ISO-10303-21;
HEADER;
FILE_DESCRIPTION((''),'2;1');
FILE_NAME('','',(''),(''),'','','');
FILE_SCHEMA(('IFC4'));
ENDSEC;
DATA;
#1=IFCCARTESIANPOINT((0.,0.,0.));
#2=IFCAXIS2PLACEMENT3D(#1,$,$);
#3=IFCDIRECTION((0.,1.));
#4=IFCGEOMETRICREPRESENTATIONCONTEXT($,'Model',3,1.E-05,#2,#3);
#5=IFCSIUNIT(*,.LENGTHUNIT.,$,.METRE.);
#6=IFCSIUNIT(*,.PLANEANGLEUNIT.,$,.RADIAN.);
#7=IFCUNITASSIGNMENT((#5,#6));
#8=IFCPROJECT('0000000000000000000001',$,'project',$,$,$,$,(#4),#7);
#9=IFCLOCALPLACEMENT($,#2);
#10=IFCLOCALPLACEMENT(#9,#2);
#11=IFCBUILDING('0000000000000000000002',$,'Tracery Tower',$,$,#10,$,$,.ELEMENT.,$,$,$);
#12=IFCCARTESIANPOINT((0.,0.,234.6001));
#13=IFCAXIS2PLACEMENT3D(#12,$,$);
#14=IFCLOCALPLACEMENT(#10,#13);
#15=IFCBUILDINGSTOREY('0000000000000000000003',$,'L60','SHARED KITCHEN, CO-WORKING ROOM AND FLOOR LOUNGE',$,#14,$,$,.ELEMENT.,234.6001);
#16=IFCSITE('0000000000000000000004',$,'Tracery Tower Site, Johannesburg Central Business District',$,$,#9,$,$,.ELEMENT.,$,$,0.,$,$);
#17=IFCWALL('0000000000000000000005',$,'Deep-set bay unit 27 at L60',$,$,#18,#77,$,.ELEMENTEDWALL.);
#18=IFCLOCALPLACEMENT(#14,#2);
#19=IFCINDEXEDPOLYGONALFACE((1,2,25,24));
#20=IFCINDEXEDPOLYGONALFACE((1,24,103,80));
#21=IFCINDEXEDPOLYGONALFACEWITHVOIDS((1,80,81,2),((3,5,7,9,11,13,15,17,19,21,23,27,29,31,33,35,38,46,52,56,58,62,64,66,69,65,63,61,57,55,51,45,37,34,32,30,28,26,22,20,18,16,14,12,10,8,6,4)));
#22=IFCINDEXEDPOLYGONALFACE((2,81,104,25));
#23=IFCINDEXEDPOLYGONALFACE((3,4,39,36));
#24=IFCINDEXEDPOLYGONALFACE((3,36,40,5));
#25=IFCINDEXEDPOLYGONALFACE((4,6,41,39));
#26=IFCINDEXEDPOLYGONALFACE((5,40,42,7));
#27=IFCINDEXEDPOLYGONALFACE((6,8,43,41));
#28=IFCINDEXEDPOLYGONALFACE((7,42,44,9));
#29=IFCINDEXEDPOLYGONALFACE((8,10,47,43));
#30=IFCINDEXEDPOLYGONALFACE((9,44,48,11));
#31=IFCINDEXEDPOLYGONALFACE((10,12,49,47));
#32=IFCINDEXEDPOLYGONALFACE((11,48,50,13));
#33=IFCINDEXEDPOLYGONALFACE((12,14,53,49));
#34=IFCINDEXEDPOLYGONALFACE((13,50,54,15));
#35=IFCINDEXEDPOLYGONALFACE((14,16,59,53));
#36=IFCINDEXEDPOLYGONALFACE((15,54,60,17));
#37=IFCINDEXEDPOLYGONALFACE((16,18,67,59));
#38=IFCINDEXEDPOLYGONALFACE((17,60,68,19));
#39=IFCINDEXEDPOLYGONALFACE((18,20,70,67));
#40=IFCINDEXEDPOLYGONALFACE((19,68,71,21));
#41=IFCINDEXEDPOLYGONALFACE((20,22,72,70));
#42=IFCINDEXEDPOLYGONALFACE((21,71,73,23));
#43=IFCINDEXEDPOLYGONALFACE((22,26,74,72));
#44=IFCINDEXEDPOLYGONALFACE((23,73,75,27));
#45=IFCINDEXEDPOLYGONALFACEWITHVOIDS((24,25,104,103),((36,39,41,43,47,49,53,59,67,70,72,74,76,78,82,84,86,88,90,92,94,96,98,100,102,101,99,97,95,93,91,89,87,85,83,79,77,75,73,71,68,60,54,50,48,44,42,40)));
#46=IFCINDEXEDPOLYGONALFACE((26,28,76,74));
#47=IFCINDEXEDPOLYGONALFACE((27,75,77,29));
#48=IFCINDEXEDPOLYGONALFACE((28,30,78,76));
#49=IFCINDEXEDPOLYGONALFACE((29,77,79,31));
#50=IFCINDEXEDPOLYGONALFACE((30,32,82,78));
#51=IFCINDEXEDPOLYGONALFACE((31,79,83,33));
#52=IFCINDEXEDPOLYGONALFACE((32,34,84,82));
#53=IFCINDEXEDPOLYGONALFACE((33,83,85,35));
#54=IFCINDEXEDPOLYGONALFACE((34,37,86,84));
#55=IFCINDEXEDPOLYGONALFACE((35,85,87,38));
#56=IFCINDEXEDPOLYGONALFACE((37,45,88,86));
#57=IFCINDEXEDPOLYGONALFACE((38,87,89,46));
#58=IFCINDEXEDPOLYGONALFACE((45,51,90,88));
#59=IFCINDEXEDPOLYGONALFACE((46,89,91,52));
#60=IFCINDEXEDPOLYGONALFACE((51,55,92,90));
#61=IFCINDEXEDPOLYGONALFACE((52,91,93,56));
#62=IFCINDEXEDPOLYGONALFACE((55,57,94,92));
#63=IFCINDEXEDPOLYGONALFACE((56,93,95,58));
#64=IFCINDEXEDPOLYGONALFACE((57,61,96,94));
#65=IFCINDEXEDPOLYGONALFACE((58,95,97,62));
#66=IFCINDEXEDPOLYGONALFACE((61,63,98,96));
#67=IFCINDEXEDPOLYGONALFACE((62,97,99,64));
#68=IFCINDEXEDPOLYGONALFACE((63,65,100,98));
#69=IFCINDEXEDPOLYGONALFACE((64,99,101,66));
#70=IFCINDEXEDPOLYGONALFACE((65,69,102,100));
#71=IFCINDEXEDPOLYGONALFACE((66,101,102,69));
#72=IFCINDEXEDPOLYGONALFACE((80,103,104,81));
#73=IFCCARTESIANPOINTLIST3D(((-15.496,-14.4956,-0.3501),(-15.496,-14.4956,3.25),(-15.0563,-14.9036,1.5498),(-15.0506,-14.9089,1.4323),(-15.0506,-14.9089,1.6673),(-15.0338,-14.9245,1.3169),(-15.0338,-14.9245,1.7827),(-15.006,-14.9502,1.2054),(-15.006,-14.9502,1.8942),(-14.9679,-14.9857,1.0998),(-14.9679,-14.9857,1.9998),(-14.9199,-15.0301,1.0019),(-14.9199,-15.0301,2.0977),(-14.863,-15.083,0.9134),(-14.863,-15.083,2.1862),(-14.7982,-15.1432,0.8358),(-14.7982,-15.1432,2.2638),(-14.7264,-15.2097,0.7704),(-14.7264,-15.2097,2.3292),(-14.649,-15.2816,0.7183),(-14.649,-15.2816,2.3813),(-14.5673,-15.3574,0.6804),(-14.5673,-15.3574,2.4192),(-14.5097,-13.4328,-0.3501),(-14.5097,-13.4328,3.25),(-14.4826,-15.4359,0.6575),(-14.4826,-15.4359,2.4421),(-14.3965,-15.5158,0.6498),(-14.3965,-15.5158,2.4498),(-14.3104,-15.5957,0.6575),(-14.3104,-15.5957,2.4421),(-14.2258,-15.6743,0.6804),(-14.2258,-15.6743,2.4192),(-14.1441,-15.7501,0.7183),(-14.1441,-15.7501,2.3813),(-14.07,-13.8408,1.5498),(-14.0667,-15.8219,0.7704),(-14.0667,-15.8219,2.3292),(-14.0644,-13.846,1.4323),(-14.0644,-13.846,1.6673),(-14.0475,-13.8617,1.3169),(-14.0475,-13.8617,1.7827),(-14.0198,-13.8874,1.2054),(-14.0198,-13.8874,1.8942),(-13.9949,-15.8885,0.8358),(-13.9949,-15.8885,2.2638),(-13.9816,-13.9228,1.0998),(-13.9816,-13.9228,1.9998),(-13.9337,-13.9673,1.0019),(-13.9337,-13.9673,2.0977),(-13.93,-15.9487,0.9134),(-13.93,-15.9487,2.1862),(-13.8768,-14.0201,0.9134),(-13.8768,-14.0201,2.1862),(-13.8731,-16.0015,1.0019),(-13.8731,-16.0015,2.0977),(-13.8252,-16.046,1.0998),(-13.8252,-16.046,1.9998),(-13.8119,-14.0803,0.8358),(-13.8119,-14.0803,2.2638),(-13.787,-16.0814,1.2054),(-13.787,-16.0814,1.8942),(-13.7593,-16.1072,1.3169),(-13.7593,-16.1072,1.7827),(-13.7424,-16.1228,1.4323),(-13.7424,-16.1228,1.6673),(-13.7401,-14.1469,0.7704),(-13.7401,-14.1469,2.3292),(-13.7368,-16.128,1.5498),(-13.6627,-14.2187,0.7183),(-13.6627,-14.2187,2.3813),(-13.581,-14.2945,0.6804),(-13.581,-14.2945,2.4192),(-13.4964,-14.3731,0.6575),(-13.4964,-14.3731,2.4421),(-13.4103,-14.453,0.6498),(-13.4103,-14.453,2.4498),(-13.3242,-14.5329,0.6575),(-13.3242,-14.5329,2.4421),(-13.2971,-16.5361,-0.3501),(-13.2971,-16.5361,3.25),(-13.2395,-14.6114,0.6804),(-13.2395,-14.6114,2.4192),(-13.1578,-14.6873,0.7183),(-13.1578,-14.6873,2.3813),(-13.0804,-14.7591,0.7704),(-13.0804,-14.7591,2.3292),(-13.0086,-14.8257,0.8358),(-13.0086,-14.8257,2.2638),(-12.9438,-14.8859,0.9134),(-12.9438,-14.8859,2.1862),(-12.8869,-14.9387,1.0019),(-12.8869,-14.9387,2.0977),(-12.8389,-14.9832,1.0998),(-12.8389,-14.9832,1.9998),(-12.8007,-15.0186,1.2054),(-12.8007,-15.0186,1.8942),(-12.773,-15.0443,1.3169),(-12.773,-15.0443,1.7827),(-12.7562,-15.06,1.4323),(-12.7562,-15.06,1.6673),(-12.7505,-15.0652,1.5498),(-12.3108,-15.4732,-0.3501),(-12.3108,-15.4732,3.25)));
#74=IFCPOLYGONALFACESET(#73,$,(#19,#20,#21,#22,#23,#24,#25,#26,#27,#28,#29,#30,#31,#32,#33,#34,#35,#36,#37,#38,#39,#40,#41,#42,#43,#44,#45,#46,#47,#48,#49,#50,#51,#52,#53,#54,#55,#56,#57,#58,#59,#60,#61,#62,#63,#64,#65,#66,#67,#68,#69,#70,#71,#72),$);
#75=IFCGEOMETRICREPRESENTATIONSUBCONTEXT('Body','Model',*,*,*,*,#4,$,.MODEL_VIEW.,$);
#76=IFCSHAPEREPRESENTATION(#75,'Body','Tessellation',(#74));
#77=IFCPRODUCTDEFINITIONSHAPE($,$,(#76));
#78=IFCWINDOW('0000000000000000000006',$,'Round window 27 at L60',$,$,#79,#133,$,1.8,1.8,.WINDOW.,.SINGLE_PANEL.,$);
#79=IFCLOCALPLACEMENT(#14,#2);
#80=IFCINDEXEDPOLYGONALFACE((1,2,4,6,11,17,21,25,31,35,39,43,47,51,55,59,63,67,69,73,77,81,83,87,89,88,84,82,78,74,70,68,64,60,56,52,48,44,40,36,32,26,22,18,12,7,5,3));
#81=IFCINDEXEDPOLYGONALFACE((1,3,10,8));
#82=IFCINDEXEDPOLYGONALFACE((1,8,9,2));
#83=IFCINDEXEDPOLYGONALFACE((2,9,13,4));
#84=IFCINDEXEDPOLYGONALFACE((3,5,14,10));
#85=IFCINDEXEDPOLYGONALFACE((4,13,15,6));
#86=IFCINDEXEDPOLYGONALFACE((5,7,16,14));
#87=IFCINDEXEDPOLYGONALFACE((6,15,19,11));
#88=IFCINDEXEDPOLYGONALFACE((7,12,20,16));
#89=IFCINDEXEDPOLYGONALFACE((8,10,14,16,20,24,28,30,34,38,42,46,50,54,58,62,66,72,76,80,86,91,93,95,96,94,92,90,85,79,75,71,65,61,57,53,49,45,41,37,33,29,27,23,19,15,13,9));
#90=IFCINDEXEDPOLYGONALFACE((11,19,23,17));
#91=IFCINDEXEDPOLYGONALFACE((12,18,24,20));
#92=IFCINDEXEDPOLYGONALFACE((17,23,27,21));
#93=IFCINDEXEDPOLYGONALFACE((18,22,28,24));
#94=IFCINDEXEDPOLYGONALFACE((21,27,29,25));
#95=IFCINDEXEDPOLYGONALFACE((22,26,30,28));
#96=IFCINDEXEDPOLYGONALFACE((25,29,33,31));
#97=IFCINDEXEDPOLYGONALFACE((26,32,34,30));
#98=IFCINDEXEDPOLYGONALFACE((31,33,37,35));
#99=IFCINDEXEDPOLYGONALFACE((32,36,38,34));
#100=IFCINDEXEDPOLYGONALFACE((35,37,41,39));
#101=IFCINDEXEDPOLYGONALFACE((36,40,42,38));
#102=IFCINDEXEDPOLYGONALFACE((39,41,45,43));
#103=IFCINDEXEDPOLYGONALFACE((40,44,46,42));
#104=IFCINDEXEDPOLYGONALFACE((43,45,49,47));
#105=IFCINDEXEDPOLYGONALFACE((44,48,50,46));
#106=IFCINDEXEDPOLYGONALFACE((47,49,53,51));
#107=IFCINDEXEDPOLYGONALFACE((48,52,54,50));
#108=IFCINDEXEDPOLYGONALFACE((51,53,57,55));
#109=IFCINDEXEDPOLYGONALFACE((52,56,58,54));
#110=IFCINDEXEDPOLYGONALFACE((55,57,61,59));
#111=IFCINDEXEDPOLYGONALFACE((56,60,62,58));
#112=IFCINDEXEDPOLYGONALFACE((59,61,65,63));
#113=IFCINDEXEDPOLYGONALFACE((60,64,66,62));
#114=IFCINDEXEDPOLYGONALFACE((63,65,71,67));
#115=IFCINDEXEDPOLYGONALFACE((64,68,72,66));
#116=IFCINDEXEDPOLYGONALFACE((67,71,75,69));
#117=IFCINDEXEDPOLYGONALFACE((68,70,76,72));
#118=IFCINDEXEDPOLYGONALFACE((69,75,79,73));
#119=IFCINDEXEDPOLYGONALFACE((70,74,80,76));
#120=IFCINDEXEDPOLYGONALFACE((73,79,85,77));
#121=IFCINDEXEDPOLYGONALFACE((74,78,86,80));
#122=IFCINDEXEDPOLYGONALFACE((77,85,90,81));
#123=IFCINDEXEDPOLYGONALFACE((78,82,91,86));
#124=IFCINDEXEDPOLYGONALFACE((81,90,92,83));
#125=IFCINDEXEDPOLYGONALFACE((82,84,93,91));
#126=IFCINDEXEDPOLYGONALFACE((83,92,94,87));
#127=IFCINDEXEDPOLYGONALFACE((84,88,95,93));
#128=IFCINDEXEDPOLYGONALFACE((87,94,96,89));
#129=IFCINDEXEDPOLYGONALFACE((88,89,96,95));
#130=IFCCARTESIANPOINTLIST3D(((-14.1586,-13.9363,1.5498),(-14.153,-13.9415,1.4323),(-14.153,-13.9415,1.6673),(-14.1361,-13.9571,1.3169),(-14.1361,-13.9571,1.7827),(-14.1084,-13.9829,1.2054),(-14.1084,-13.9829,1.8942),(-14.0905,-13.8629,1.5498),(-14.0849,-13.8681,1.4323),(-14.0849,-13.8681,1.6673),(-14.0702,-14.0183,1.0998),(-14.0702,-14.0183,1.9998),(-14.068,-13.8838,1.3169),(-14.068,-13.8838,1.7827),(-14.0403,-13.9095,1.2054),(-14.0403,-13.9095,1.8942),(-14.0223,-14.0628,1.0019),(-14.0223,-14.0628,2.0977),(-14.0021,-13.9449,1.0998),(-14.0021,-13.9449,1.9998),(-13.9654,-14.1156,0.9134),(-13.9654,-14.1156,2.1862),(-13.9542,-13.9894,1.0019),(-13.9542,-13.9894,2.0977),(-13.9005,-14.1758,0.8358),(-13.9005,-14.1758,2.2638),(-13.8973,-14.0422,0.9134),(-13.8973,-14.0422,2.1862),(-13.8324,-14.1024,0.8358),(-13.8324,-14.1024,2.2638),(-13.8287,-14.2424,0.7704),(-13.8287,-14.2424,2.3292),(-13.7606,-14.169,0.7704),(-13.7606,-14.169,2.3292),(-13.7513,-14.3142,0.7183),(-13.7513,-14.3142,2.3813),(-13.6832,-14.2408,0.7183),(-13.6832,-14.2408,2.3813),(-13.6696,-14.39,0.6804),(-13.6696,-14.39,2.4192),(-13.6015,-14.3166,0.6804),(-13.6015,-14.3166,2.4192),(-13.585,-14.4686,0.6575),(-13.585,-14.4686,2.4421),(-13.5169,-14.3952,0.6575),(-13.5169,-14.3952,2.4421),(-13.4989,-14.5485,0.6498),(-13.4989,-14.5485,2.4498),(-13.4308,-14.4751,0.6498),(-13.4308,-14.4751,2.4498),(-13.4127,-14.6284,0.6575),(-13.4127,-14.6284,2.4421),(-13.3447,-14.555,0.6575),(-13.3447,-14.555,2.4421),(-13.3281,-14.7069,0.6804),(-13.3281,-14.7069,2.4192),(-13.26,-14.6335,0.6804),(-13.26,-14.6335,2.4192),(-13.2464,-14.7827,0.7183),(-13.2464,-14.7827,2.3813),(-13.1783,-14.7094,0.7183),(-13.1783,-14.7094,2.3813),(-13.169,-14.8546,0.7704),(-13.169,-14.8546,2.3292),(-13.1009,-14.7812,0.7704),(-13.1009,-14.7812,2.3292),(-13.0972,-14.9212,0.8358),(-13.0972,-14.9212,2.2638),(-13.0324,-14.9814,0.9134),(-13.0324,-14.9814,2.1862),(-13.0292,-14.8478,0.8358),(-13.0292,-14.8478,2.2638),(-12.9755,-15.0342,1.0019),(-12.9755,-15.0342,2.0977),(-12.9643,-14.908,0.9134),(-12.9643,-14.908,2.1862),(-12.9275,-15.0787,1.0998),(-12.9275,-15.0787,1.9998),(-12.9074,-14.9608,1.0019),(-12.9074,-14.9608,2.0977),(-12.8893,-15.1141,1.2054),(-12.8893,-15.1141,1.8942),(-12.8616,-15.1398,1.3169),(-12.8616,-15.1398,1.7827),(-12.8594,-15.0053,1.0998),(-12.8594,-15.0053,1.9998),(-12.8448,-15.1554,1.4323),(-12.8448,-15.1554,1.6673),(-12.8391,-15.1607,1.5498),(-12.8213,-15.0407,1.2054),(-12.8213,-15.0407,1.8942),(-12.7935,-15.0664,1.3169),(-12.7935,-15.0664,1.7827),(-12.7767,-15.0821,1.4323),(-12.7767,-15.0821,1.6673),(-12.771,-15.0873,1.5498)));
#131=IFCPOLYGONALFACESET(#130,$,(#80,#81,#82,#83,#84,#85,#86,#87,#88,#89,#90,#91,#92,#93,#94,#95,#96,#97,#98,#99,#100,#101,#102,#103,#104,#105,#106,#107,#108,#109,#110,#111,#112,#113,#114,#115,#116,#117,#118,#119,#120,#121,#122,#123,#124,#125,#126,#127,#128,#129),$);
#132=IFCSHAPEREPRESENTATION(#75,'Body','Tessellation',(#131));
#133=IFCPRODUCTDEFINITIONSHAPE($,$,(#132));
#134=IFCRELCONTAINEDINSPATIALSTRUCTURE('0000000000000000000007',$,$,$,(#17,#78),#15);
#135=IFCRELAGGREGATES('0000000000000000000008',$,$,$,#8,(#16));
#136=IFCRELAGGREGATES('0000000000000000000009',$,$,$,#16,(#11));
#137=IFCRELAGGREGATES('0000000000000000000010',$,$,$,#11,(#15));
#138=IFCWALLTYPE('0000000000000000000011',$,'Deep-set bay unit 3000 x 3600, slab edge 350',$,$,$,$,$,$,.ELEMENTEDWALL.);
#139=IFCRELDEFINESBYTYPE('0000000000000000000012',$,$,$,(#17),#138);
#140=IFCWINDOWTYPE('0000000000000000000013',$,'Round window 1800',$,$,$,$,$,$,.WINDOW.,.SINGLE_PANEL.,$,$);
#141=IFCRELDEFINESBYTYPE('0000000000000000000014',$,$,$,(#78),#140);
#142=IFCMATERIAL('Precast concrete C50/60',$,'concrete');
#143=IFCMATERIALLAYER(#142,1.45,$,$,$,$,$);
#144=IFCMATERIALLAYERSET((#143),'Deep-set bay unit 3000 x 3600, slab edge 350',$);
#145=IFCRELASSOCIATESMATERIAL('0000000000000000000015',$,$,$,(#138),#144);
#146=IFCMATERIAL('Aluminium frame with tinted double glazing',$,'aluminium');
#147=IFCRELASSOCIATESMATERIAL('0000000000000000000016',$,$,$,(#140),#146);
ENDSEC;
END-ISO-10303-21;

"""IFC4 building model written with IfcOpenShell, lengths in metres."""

from ifc_helpers import new_model, si_unit, direction, frame, frame_2d, origin, origin_2d, place, context, subcontext, project, spatial, rectangle, circle, extrude, material, layer, layer_set, type_object, element, fill, save


model = new_model("IFC4")

# Units and contexts
model_context = context("Model", 3, precision=1e-05, world=origin(), true_north=direction((0.0, 1.0)))
body_context = subcontext(model_context, "Body", "Model", "MODEL_VIEW")
ifc_project = project(units=[si_unit("LENGTHUNIT", "METRE"), si_unit("PLANEANGLEUNIT", "RADIAN")], contexts=[model_context])

# Site, building, storey
site_placement = place(None, origin())
site = spatial("IfcSite", under=ifc_project, at=site_placement, Name="Tracery Tower Site, Johannesburg Central Business District", CompositionType="ELEMENT", RefElevation=0.0)
building_placement = place(site_placement, origin())
building = spatial("IfcBuilding", under=site, at=building_placement, Name="Tracery Tower", CompositionType="ELEMENT")
storey_placement = place(building_placement, frame((0.0, 0.0, 234.6001)))
storey = spatial("IfcBuildingStorey", under=building, at=storey_placement, Name="L60", Description="SHARED KITCHEN, CO-WORKING ROOM AND FLOOR LOUNGE", CompositionType="ELEMENT", Elevation=234.6001)

# Wall, opening, window
ifc_material_1 = material(Name="Precast concrete C50/60", Category="concrete")
ifc_layer_1 = layer(ifc_material_1, 1.45)
ifc_layer_set_1 = layer_set([ifc_layer_1], Name="Deep-set bay unit 3000 x 3600, slab edge 350")
wall_type_1 = type_object("IfcWallType", Name="Deep-set bay unit 3000 x 3600, slab edge 350", PredefinedType="ELEMENTEDWALL", material=ifc_layer_set_1)
wall_1_placement = place(storey_placement, frame((-15.0029, -13.9641, -0.3501), z_axis=(0.0, 0.0, 1.0), x_axis=(0.733022, -0.680204, 0.0)))
wall_1 = element("IfcWall", 1, at=wall_1_placement, inside=storey, type_object=wall_type_1, Name="Deep-set bay unit 27 at L60", PredefinedType="ELEMENTEDWALL", context=body_context, shape_type="SweptSolid", body=[
    extrude(rectangle(XDim=2.9998, YDim=1.45, at=frame_2d((1.5, 0.0))), origin(), (0.0, 0.0, 1.0), 3.6001),
])
opening_1_placement = place(wall_1_placement, frame((1.5, 0.0, 1.8999)))
opening_1 = element("IfcOpeningElement", 2, at=opening_1_placement, cuts=wall_1, PredefinedType="OPENING", context=body_context, shape_type="SweptSolid", body=[
    extrude(circle(Radius=0.9, at=origin_2d()), frame((0.0, 0.7349, 0.0), z_axis=(0.0, -1.0, 0.0), x_axis=(1.0, 0.0, 0.0)), (0.0, 0.0, 1.0), 1.47),
])
ifc_material_2 = material(Name="Aluminium frame with tinted double glazing", Category="aluminium")
window_type = type_object("IfcWindowType", Name="Round window 1800", PartitioningType="SINGLE_PANEL", PredefinedType="WINDOW", material=ifc_material_2)
window_1_placement = place(opening_1_placement, origin())
window_1 = element("IfcWindow", 3, at=window_1_placement, inside=storey, type_object=window_type, Name="Round window 27 at L60", OverallHeight=1.8, OverallWidth=1.8, PartitioningType="SINGLE_PANEL", PredefinedType="WINDOW", context=body_context, shape_type="SweptSolid", body=[
    extrude(circle(Radius=0.9, at=origin_2d()), frame((0.0, 0.6948, 0.0), z_axis=(0.0, -1.0, 0.0), x_axis=(1.0, 0.0, 0.0)), (0.0, 0.0, 1.0), 0.1001),
])
fill(opening_1, window_1)

save(model, "model.ifc")
